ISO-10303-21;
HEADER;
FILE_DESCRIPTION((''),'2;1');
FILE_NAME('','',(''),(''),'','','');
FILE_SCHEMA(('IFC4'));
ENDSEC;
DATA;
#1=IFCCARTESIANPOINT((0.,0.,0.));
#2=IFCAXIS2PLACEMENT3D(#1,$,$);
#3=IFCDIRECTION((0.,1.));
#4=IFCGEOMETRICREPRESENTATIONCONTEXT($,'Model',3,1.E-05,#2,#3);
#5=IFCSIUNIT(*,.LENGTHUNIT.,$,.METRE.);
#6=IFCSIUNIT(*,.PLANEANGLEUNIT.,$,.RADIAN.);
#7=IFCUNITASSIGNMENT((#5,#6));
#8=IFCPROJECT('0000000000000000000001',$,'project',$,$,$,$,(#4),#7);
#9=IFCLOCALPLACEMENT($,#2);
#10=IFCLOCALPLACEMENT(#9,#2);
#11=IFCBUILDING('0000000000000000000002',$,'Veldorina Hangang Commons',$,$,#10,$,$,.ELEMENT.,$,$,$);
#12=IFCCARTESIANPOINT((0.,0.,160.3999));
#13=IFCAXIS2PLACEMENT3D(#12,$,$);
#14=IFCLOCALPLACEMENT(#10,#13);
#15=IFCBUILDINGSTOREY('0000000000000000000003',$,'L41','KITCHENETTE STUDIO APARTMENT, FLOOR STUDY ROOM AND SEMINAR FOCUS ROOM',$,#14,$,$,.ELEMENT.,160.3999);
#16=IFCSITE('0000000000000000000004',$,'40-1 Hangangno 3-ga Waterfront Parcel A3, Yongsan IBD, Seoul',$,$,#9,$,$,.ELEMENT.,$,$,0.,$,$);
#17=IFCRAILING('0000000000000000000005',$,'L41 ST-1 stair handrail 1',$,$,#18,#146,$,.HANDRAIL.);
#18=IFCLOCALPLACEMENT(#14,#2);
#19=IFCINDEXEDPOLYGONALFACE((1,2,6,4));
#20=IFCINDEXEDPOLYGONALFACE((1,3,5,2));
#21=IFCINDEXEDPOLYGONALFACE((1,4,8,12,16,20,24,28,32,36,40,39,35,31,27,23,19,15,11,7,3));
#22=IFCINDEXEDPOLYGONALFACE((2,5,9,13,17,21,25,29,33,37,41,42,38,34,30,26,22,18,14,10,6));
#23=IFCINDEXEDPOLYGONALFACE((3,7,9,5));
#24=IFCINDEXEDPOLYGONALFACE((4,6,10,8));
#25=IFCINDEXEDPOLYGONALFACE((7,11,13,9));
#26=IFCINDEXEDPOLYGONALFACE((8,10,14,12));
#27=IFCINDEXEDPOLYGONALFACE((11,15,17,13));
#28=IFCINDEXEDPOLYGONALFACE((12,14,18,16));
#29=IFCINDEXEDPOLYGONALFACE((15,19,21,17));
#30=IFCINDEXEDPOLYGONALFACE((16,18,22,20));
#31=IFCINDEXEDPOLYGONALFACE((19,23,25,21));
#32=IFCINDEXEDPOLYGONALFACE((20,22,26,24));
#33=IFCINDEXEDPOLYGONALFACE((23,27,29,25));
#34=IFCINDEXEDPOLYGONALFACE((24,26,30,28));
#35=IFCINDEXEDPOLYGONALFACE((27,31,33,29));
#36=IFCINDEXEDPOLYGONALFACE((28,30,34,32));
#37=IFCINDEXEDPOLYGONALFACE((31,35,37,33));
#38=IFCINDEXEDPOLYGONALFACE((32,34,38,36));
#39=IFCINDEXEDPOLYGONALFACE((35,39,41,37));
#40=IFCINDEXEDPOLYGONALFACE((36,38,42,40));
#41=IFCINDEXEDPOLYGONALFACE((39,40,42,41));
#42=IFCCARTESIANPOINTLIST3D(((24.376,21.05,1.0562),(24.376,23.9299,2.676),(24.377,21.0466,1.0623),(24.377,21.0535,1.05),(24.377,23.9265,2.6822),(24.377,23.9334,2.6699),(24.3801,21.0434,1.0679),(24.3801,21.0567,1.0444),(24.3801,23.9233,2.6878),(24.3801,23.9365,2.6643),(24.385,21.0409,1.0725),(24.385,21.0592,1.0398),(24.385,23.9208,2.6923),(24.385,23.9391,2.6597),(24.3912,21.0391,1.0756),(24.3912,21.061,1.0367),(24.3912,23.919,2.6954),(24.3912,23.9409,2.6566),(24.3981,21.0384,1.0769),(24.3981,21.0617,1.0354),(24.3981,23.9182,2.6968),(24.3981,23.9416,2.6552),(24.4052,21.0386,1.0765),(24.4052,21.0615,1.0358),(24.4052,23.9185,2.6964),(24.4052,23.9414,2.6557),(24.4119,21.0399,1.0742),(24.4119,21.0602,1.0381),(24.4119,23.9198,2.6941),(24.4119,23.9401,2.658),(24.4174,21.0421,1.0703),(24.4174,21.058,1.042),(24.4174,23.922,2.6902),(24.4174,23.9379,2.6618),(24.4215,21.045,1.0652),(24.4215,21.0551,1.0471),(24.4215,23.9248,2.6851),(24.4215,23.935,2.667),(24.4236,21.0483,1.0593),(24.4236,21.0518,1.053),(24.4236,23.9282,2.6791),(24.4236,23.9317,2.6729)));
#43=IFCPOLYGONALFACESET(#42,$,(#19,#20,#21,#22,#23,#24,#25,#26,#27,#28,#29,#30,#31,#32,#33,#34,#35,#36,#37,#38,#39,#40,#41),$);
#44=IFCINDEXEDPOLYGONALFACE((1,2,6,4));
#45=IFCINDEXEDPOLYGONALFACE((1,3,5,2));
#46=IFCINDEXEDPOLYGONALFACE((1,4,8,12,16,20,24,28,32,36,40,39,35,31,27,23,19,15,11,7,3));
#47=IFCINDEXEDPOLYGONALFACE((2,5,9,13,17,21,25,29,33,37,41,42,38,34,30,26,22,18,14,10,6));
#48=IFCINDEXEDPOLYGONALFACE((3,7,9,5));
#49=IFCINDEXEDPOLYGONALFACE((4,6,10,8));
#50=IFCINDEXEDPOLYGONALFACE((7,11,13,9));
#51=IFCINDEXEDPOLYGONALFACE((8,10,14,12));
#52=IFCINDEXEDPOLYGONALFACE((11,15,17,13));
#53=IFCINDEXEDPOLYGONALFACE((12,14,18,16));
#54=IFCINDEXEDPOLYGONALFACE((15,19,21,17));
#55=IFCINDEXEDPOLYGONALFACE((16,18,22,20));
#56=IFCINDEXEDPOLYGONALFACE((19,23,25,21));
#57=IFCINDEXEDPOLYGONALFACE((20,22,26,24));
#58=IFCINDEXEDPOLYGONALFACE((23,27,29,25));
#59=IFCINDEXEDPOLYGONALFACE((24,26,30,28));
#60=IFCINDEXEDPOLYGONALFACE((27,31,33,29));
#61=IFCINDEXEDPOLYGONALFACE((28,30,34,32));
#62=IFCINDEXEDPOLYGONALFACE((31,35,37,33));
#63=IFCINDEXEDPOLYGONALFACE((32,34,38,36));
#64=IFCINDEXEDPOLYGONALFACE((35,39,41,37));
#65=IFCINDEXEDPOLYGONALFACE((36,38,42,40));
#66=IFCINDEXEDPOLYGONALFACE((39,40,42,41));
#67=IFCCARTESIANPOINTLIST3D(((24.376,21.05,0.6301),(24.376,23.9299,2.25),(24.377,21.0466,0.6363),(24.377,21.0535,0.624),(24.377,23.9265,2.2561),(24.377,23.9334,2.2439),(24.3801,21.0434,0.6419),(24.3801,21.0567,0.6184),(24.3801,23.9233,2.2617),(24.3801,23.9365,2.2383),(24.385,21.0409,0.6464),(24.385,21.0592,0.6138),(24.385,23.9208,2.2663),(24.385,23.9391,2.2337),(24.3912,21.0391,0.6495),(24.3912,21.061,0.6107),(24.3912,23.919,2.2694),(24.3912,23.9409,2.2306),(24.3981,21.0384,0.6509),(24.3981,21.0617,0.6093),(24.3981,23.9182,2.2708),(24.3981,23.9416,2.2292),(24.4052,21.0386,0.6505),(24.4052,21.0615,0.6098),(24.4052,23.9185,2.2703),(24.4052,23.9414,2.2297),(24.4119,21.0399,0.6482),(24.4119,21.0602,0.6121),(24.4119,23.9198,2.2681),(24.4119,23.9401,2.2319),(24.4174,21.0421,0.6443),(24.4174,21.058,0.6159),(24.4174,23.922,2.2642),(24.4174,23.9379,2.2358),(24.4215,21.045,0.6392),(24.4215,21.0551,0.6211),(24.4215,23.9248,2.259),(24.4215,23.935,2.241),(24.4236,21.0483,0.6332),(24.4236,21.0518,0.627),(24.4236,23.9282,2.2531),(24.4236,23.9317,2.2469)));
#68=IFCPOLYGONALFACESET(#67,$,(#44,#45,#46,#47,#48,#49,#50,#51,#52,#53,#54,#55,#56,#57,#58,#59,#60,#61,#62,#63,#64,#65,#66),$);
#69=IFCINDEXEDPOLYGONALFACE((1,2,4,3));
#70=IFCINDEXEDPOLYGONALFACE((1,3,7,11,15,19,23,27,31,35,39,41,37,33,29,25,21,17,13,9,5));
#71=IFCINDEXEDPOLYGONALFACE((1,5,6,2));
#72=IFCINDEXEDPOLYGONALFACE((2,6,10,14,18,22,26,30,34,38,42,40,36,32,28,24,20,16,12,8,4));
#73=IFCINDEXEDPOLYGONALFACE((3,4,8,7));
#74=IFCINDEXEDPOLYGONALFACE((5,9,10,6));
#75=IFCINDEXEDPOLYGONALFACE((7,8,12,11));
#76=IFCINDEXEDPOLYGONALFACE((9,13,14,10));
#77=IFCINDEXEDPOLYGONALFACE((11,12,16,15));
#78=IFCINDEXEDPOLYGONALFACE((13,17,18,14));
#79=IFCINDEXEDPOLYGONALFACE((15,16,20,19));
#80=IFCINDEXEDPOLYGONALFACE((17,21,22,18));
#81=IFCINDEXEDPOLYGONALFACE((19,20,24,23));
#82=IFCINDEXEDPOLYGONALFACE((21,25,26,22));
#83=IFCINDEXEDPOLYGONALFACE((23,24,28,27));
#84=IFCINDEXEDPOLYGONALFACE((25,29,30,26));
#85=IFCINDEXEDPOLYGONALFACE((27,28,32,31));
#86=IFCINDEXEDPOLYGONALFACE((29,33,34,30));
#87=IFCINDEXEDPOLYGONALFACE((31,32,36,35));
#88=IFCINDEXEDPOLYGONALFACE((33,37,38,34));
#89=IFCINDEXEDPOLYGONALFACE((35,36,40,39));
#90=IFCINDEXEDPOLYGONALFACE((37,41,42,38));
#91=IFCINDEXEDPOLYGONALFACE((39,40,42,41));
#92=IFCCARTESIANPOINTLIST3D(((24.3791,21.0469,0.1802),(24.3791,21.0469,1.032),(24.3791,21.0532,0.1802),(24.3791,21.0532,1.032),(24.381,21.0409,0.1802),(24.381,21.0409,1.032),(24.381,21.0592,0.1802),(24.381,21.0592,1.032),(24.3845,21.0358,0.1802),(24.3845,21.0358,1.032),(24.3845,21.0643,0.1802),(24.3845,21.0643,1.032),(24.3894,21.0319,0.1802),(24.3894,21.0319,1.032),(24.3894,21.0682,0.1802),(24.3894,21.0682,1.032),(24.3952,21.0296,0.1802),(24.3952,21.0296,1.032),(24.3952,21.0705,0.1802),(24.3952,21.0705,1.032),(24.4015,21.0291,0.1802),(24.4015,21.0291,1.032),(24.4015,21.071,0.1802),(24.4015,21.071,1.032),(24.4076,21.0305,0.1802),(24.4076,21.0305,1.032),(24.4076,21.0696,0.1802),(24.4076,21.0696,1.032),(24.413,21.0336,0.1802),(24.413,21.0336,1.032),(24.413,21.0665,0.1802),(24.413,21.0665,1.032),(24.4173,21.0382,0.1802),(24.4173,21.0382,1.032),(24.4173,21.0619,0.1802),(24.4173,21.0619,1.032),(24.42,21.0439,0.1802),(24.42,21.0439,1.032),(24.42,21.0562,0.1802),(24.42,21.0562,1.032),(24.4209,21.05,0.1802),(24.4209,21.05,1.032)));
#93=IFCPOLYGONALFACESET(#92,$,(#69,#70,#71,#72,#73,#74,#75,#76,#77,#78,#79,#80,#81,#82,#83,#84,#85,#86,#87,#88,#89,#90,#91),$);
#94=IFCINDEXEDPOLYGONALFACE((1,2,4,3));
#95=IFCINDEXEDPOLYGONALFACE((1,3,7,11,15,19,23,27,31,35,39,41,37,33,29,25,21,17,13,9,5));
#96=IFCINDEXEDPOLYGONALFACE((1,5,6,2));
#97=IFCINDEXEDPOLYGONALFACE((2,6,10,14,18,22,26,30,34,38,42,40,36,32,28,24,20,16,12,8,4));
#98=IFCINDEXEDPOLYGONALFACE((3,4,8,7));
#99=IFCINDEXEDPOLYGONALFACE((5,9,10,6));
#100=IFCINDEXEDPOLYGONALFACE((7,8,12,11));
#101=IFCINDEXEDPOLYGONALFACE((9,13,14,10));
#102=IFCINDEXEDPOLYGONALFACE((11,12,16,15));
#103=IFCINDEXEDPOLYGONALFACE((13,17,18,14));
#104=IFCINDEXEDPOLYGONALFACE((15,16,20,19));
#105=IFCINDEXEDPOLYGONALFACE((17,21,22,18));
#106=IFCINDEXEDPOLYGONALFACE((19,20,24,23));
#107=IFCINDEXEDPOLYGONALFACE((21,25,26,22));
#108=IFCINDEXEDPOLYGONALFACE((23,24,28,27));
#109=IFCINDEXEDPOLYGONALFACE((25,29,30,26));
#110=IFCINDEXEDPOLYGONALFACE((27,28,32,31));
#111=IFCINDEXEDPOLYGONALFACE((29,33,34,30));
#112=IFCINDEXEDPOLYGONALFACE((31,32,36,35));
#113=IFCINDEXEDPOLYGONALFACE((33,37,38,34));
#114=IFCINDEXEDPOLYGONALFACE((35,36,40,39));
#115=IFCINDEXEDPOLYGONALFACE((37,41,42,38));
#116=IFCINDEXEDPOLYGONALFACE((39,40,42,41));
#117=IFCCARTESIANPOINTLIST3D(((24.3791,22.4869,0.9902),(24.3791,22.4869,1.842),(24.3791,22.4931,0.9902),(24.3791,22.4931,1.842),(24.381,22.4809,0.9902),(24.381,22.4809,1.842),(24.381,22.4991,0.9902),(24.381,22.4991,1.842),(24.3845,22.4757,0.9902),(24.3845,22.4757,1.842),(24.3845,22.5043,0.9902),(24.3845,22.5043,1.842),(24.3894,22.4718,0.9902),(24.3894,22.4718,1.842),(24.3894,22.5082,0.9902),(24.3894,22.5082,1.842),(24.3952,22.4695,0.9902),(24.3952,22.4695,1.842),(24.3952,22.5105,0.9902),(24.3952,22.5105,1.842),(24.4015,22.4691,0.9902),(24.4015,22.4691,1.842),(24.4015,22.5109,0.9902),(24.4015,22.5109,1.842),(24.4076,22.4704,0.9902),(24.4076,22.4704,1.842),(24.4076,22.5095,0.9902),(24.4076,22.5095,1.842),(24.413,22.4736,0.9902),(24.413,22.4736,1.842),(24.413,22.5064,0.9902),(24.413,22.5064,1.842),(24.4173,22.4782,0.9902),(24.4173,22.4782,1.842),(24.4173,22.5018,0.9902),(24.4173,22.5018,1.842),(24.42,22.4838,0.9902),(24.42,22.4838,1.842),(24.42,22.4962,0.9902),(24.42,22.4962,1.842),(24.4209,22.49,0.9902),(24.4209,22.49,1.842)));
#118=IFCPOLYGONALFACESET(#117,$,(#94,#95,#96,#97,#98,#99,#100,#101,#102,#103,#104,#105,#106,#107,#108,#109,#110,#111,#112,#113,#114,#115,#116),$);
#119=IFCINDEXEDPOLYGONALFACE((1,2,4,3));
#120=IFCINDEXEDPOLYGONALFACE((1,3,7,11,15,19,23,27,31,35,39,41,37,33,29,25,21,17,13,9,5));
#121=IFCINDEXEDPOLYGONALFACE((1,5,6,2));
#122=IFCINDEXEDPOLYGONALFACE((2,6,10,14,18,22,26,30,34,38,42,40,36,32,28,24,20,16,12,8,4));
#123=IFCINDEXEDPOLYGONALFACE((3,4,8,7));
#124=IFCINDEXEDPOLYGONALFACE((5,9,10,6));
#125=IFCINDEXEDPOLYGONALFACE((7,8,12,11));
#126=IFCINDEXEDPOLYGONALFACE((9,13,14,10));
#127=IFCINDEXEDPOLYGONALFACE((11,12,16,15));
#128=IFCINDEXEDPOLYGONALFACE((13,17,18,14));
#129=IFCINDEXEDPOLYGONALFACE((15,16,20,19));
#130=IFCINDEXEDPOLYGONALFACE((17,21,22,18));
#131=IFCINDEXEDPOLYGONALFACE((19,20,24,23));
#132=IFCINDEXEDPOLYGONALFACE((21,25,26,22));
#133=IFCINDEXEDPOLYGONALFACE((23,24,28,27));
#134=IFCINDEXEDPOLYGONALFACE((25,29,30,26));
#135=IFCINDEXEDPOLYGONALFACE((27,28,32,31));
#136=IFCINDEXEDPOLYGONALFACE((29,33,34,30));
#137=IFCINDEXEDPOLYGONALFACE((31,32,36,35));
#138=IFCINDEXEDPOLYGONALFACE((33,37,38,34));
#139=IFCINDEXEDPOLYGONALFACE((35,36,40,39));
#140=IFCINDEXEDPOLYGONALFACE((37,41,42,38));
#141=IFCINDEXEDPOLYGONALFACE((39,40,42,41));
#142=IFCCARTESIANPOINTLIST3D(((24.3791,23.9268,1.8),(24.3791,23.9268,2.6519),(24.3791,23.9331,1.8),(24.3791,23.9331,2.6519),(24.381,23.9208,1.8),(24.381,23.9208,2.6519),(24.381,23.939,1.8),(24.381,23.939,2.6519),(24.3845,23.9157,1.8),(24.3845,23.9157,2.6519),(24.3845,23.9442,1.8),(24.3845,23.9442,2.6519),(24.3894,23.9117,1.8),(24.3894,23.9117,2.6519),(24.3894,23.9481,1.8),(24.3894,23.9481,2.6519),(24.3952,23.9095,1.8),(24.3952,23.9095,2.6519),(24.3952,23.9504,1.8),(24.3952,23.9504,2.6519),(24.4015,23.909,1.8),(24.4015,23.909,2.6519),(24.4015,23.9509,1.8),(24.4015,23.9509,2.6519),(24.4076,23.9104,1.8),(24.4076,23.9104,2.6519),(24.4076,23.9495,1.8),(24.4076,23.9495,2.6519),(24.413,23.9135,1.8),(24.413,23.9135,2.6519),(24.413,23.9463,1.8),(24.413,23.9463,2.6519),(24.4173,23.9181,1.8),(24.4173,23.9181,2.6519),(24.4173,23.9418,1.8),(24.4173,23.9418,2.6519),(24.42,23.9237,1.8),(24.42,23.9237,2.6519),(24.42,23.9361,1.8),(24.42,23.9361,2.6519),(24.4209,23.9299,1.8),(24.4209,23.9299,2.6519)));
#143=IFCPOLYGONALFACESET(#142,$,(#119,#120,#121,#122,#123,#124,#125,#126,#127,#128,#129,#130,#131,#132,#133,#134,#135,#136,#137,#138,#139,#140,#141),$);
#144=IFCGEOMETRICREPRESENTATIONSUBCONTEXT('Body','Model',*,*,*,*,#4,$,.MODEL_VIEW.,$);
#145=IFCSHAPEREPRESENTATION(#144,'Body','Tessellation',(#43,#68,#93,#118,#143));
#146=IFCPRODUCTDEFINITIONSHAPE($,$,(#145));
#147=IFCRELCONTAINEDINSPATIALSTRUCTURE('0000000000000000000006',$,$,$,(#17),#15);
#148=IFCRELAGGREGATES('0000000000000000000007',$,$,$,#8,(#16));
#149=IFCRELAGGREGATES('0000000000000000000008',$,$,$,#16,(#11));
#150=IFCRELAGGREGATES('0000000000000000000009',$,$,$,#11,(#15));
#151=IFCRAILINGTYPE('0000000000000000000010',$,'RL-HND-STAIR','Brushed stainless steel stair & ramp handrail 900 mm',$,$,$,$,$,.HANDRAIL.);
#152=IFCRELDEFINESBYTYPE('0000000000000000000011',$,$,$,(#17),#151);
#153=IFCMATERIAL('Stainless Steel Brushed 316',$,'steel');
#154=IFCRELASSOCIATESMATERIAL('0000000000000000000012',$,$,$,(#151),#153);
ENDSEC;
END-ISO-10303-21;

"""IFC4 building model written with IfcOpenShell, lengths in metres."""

from ifc_helpers import new_model, si_unit, direction, frame, origin, origin_2d, place, context, subcontext, project, spatial, circle, extrude, material, type_object, element, save


model = new_model("IFC4")

# Units and contexts
model_context = context("Model", 3, precision=1e-05, world=origin(), true_north=direction((0.0, 1.0)))
body_context = subcontext(model_context, "Body", "Model", "MODEL_VIEW")
ifc_project = project(units=[si_unit("LENGTHUNIT", "METRE"), si_unit("PLANEANGLEUNIT", "RADIAN")], contexts=[model_context])

# Site, building, storey
site_placement = place(None, origin())
site = spatial("IfcSite", under=ifc_project, at=site_placement, Name="40-1 Hangangno 3-ga Waterfront Parcel A3, Yongsan IBD, Seoul", CompositionType="ELEMENT", RefElevation=0.0)
building_placement = place(site_placement, origin())
building = spatial("IfcBuilding", under=site, at=building_placement, Name="Veldorina Hangang Commons", CompositionType="ELEMENT")
storey_placement = place(building_placement, frame((0.0, 0.0, 160.3999)))
storey = spatial("IfcBuildingStorey", under=building, at=storey_placement, Name="L41", Description="KITCHENETTE STUDIO APARTMENT, FLOOR STUDY ROOM AND SEMINAR FOCUS ROOM", CompositionType="ELEMENT", Elevation=160.3999)

# Railing
ifc_material_1 = material(Name="Stainless Steel Brushed 316", Category="steel")
railing_type_1 = type_object("IfcRailingType", Name="RL-HND-STAIR", Description="Brushed stainless steel stair & ramp handrail 900 mm", PredefinedType="HANDRAIL", material=ifc_material_1)
railing_1_placement = place(storey_placement, frame((24.3999, 21.05, 0.1802)))
element("IfcRailing", 1, at=railing_1_placement, inside=storey, type_object=railing_type_1, Name="L41 ST-1 stair handrail 1", PredefinedType="HANDRAIL", context=body_context, shape_type="SweptSolid", body=[
    extrude(circle(Radius=0.0239, at=origin_2d()), frame((0.0, 0.0, 0.876), z_axis=(0.0, 0.871583, 0.490247), x_axis=(-1.0, 0.0, 0.0)), (0.0, 0.0, 1.0), 3.3042),
    extrude(circle(Radius=0.0239, at=origin_2d()), frame((0.0, 0.0, 0.45), z_axis=(0.0, 0.871583, 0.490247), x_axis=(-1.0, 0.0, 0.0)), (0.0, 0.0, 1.0), 3.3042),
    extrude(circle(Radius=0.021, at=origin_2d()), origin(), (0.0, 0.0, 1.0), 0.8518),
    extrude(circle(Radius=0.021, at=origin_2d()), frame((0.0, 1.4399, 0.8101)), (0.0, 0.0, 1.0), 0.8518),
    extrude(circle(Radius=0.021, at=origin_2d()), frame((0.0, 2.8799, 1.6199)), (0.0, 0.0, 1.0), 0.8518),
])

save(model, "model.ifc")
